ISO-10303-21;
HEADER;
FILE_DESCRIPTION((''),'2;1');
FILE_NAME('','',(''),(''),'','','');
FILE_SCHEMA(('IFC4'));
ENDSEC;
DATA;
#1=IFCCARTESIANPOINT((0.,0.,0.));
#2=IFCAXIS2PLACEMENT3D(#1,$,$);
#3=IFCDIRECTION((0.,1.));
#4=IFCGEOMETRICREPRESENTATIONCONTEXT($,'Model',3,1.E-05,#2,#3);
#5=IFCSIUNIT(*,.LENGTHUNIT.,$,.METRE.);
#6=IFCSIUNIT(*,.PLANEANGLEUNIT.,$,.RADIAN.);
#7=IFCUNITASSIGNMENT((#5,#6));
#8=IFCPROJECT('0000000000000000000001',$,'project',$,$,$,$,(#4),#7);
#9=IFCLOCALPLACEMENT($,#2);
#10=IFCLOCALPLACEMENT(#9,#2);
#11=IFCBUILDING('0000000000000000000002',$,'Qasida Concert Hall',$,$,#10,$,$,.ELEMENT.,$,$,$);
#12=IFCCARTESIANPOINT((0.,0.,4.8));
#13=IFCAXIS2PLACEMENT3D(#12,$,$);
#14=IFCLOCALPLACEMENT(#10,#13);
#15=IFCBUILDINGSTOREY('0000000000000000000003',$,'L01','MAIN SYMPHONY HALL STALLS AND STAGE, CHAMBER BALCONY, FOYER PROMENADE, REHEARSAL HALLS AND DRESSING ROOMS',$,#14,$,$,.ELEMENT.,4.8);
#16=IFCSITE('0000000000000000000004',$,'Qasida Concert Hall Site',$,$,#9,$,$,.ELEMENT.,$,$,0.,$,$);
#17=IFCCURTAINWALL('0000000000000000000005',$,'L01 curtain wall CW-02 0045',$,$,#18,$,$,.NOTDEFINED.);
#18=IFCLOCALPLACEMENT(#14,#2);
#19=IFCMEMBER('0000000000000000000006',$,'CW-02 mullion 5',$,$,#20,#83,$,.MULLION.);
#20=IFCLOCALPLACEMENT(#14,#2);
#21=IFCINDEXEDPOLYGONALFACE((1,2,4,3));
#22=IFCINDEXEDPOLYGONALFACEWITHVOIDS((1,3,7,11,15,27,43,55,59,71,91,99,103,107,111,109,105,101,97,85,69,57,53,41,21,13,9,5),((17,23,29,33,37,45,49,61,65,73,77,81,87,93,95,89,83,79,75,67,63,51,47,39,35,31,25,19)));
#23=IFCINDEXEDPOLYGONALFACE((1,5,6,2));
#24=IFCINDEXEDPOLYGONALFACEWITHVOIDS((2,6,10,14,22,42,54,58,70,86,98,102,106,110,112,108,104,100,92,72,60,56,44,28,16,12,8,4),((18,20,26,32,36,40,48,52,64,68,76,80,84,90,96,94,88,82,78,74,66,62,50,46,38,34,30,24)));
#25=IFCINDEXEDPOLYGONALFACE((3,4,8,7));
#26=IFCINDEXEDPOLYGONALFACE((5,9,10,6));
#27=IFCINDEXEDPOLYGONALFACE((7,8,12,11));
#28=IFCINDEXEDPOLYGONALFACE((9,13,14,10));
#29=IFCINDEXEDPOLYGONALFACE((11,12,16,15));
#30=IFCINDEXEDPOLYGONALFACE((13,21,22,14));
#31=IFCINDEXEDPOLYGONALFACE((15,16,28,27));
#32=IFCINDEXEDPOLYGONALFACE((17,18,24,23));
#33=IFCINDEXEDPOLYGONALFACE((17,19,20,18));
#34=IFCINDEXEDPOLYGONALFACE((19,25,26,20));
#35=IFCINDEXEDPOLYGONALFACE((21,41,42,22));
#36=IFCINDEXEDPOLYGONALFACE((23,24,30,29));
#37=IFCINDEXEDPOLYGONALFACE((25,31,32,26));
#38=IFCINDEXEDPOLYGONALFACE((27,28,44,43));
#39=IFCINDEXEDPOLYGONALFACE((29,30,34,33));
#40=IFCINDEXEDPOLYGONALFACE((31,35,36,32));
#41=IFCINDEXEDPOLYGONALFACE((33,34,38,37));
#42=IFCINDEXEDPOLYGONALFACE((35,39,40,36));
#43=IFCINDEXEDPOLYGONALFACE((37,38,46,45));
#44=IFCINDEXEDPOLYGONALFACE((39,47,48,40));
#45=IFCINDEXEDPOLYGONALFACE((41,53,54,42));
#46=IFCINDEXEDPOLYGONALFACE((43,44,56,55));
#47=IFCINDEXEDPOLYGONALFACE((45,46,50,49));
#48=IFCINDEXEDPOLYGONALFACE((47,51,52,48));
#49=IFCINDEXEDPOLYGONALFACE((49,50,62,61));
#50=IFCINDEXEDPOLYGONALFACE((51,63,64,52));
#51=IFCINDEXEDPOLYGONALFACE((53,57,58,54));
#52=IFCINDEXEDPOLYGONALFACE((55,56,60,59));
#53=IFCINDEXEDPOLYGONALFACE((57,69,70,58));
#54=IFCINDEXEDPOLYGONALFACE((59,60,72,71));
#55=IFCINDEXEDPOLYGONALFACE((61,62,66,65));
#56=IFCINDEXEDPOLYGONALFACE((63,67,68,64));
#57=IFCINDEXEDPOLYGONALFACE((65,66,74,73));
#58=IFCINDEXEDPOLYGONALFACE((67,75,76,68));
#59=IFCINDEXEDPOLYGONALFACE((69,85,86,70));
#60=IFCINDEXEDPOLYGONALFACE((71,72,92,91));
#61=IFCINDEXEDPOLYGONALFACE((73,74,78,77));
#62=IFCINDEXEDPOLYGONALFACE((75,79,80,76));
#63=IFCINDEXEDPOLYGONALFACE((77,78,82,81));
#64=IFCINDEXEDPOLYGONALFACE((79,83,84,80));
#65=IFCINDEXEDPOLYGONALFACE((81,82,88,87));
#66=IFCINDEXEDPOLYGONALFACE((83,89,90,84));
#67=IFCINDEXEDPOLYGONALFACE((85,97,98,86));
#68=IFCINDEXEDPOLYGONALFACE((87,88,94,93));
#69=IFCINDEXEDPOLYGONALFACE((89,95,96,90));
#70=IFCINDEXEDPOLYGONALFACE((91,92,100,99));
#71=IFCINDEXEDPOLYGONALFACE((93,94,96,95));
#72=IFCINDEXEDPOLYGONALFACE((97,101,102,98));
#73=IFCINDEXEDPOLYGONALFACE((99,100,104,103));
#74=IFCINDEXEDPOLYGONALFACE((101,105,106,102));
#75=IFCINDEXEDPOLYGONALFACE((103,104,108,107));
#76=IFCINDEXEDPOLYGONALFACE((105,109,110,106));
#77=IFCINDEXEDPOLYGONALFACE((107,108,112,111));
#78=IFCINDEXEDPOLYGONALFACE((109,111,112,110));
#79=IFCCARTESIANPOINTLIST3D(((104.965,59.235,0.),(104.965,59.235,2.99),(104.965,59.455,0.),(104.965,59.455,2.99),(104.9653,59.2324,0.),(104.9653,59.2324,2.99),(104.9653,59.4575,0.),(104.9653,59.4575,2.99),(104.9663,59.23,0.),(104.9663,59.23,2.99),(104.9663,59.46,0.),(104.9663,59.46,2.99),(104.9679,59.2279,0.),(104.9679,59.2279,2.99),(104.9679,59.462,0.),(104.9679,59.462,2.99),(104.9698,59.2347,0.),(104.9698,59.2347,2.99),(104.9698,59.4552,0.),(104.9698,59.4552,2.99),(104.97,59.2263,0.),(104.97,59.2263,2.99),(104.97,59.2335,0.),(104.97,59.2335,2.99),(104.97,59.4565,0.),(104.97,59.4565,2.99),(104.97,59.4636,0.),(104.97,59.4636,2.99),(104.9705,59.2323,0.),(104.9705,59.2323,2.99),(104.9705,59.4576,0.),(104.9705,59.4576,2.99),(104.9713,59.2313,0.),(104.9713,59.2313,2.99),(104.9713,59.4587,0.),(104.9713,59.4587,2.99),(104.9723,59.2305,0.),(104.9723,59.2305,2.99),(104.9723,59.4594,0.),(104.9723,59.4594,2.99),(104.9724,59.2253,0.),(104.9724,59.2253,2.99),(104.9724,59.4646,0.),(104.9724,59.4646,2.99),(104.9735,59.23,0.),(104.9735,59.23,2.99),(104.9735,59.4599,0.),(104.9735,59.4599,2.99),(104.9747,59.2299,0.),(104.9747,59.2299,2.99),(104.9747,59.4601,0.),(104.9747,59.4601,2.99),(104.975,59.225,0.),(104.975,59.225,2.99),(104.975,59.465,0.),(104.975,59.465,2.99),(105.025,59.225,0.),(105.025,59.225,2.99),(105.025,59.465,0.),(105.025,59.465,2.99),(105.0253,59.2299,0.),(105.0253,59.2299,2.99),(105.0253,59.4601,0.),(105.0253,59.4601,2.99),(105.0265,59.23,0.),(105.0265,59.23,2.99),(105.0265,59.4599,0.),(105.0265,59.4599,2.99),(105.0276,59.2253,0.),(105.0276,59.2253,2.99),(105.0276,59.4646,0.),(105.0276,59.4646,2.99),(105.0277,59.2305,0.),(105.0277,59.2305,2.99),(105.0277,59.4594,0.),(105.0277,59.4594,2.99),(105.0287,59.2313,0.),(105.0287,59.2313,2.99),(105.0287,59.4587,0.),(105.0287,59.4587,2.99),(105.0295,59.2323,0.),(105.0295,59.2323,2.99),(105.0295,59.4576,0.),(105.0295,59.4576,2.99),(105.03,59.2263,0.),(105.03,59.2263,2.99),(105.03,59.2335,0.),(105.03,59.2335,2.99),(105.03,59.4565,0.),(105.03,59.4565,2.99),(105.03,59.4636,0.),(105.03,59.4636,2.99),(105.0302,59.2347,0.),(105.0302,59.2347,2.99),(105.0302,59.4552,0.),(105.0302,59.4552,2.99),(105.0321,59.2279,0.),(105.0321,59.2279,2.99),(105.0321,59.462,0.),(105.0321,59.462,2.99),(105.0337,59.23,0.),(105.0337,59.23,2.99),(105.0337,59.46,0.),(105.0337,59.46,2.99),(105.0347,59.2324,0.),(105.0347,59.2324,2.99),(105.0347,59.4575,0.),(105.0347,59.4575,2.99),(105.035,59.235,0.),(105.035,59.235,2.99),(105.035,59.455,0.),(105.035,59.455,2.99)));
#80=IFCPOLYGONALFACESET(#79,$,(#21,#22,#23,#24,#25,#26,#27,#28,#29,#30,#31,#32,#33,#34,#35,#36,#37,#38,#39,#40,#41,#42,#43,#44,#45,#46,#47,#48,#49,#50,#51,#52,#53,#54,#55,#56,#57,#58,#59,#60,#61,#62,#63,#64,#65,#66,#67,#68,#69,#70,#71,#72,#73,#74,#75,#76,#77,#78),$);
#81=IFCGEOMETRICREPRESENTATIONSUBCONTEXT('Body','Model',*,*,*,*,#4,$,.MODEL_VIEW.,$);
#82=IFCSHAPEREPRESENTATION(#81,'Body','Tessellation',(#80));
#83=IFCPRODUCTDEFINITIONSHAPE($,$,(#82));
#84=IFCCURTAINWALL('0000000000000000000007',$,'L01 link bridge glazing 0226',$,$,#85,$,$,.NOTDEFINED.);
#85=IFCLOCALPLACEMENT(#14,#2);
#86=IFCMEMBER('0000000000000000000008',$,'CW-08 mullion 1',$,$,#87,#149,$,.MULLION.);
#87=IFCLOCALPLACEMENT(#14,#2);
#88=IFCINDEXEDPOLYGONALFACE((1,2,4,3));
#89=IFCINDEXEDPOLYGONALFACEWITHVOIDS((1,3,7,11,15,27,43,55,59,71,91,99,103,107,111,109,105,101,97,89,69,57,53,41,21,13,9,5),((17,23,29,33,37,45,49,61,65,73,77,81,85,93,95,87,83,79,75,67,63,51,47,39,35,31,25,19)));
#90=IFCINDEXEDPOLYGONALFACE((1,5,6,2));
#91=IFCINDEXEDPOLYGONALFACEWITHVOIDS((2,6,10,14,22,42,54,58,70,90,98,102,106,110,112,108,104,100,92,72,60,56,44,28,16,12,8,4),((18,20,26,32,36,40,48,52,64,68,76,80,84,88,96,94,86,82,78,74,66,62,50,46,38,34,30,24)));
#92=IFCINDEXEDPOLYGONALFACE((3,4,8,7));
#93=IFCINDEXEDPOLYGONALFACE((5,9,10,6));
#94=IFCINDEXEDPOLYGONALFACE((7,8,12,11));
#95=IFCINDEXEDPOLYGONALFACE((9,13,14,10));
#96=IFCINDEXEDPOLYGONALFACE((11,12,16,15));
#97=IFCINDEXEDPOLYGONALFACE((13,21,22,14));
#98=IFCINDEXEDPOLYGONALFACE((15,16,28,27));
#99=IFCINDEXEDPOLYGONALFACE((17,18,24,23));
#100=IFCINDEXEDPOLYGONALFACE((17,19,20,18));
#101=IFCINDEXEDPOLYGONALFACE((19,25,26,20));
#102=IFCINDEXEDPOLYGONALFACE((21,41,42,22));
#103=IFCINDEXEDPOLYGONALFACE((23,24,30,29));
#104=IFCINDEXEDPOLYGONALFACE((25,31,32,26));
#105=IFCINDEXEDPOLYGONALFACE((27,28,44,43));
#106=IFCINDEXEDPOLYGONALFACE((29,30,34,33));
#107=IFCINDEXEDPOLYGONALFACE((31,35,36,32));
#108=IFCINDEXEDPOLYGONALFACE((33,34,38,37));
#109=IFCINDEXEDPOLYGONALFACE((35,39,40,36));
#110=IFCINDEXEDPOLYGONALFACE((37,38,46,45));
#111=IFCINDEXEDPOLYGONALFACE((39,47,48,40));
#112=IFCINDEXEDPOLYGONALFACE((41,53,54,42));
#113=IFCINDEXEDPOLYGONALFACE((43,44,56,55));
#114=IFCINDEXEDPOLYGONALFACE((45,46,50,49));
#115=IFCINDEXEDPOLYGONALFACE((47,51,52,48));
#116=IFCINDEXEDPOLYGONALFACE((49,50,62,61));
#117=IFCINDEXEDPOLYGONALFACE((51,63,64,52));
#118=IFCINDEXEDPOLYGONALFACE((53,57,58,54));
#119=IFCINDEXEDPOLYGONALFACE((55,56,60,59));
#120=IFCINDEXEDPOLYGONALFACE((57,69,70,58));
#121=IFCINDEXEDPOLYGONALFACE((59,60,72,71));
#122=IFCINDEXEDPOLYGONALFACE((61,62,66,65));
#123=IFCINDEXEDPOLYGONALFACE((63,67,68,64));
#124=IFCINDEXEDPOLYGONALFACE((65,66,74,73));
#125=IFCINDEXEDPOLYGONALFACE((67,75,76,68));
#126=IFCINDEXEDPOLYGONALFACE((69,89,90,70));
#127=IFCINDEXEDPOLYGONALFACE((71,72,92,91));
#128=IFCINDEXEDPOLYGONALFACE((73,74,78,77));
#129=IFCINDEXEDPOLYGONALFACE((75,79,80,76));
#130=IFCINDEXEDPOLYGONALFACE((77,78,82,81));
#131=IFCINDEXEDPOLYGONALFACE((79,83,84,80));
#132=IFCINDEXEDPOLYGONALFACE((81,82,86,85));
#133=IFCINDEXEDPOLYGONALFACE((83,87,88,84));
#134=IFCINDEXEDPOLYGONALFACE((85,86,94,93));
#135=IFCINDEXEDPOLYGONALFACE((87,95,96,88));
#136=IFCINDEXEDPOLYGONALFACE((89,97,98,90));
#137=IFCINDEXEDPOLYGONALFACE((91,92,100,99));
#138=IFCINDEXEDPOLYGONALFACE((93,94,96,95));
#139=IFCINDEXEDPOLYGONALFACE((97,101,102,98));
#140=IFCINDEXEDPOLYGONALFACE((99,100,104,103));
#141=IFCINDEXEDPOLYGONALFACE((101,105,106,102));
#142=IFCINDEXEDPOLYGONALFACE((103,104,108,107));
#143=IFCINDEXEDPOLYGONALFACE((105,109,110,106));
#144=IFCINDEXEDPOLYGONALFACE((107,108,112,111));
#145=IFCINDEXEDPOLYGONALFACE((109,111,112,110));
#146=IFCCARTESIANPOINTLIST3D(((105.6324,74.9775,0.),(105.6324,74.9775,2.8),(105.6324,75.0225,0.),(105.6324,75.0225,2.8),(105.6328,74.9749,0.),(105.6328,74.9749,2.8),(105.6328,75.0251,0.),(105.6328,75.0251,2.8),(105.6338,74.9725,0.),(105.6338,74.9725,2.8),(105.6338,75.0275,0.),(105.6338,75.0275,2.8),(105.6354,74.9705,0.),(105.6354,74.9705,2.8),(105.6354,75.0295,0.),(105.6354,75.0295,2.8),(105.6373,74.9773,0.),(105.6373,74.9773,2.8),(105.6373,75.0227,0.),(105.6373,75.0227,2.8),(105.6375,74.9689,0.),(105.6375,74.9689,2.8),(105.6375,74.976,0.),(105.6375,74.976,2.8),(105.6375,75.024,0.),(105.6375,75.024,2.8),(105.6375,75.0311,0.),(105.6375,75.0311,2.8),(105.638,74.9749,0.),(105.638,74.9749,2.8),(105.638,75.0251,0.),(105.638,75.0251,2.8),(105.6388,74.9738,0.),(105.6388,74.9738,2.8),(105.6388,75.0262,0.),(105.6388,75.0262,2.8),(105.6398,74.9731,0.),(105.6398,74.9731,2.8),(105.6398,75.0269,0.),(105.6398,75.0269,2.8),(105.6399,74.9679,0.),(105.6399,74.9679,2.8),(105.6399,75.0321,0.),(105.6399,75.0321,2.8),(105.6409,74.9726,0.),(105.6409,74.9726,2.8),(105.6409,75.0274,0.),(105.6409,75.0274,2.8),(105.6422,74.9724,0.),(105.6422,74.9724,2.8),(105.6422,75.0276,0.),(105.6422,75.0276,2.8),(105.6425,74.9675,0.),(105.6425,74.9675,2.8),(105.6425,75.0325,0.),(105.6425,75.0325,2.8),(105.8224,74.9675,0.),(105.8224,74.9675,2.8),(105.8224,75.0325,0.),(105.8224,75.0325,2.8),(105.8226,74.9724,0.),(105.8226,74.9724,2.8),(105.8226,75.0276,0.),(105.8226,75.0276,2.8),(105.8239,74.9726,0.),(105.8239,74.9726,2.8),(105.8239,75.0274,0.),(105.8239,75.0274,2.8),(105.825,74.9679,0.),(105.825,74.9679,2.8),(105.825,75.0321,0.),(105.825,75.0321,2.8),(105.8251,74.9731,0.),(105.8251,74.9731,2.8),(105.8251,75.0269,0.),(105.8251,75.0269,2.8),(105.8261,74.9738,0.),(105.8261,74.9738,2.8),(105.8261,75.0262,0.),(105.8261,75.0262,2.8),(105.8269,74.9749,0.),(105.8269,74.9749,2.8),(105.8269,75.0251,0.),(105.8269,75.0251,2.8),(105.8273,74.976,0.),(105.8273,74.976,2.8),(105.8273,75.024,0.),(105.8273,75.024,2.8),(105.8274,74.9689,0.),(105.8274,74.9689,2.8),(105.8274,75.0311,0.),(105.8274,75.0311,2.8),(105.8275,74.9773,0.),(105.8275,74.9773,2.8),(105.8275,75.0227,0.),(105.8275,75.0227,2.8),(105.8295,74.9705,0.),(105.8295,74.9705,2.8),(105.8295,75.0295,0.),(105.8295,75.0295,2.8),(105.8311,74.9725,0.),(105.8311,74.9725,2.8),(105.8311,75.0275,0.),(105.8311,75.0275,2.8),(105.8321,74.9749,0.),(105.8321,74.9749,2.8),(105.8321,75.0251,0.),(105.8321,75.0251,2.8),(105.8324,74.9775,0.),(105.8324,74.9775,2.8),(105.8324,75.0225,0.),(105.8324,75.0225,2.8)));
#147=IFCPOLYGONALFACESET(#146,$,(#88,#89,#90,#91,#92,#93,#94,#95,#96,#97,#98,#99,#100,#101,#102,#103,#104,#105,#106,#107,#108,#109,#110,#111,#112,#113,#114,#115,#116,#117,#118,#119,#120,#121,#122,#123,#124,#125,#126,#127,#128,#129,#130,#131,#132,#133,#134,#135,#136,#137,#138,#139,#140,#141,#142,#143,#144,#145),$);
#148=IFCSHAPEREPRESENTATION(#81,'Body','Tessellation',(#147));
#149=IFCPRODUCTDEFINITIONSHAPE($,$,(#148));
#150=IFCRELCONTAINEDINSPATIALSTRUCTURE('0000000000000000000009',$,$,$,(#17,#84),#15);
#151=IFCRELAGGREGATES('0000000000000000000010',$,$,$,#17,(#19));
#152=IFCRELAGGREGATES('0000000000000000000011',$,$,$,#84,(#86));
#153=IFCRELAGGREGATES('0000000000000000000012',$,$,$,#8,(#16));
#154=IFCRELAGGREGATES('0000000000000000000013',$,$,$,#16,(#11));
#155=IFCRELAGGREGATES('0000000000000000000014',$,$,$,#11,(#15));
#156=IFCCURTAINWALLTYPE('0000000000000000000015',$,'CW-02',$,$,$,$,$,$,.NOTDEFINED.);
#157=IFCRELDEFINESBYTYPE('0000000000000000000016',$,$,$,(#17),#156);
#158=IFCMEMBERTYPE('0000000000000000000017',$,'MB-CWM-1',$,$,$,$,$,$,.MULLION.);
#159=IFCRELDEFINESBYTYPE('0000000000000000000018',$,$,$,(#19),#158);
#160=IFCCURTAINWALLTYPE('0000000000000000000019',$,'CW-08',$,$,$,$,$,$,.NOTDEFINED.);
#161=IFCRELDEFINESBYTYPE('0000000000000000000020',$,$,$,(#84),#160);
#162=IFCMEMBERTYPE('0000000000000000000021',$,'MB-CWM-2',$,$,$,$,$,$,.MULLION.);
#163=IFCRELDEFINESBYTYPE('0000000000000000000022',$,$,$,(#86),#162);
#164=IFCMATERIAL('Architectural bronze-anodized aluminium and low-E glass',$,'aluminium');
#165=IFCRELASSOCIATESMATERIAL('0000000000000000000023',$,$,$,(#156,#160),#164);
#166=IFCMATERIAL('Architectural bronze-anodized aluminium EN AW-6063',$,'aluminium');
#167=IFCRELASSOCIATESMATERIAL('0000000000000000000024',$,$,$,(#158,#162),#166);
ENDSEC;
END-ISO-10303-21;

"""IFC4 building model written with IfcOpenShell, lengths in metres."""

from ifc_helpers import new_model, si_unit, direction, frame, origin, origin_2d, place, context, subcontext, project, spatial, hollow_rectangle, extrude, material, material_profile, profile_set, type_object, element, aggregate, save


model = new_model("IFC4")

# Units and contexts
model_context = context("Model", 3, precision=1e-05, world=origin(), true_north=direction((0.0, 1.0)))
body_context = subcontext(model_context, "Body", "Model", "MODEL_VIEW")
ifc_project = project(units=[si_unit("LENGTHUNIT", "METRE"), si_unit("PLANEANGLEUNIT", "RADIAN")], contexts=[model_context])

# Site, building, storey
site_placement = place(None, origin())
site = spatial("IfcSite", under=ifc_project, at=site_placement, Name="Qasida Concert Hall Site", CompositionType="ELEMENT", RefElevation=0.0)
building_placement = place(site_placement, origin())
building = spatial("IfcBuilding", under=site, at=building_placement, Name="Qasida Concert Hall", CompositionType="ELEMENT")
storey_placement = place(building_placement, frame((0.0, 0.0, 4.8)))
storey = spatial("IfcBuildingStorey", under=building, at=storey_placement, Name="L01", Description="MAIN SYMPHONY HALL STALLS AND STAGE, CHAMBER BALCONY, FOYER PROMENADE, REHEARSAL HALLS AND DRESSING ROOMS", CompositionType="ELEMENT", Elevation=4.8)

# Curtain wall, member
ifc_material_1 = material(Name="Architectural bronze-anodized aluminium and low-E glass", Category="aluminium")
curtain_wall_type_1 = type_object("IfcCurtainWallType", Name="CW-02", PredefinedType="NOTDEFINED", material=ifc_material_1)
curtain_wall_1_placement = place(storey_placement, origin())
curtain_wall_1 = element("IfcCurtainWall", 1, at=curtain_wall_1_placement, inside=storey, type_object=curtain_wall_type_1, Name="L01 curtain wall CW-02 0045", PredefinedType="NOTDEFINED")
ifc_material_2 = material(Name="Architectural bronze-anodized aluminium EN AW-6063", Category="aluminium")
ifc_material_profile_1 = material_profile(ifc_material_2, hollow_rectangle(XDim=0.0701, YDim=0.24, WallThickness=0.0049, InnerFilletRadius=0.0049, OuterFilletRadius=0.01, at=origin_2d()), Name="CWM 240x70x5")
ifc_profile_set_1 = profile_set([ifc_material_profile_1], Name="Architectural bronze-anodized aluminium EN AW-6063")
member_type_1 = type_object("IfcMemberType", Name="MB-CWM-1", PredefinedType="MULLION", material=ifc_profile_set_1)
member_1_placement = place(storey_placement, frame((105.0, 59.345, 0.0), z_axis=(0.0, 0.0, 1.0), x_axis=(-1.0, 0.0, 0.0)))
member_1 = element("IfcMember", 2, at=member_1_placement, type_object=member_type_1, Name="CW-02 mullion 5", PredefinedType="MULLION", context=body_context, shape_type="SweptSolid", body=[
    extrude(hollow_rectangle(XDim=0.0701, YDim=0.24, WallThickness=0.0049, InnerFilletRadius=0.0049, OuterFilletRadius=0.01, at=origin_2d()), origin(), (0.0, 0.0, 1.0), 2.99),
])
aggregate(curtain_wall_1, [member_1])

# Curtain wall, member
curtain_wall_type_2 = type_object("IfcCurtainWallType", Name="CW-08", PredefinedType="NOTDEFINED", material=ifc_material_1)
curtain_wall_2_placement = place(storey_placement, origin())
curtain_wall_2 = element("IfcCurtainWall", 3, at=curtain_wall_2_placement, inside=storey, type_object=curtain_wall_type_2, Name="L01 link bridge glazing 0226", PredefinedType="NOTDEFINED")
ifc_material_profile_2 = material_profile(ifc_material_2, hollow_rectangle(XDim=0.0649, YDim=0.2, WallThickness=0.0049, InnerFilletRadius=0.0049, OuterFilletRadius=0.01, at=origin_2d()), Name="CWM 200x65x5")
ifc_profile_set_2 = profile_set([ifc_material_profile_2], Name="Architectural bronze-anodized aluminium EN AW-6063")
member_type_2 = type_object("IfcMemberType", Name="MB-CWM-2", PredefinedType="MULLION", material=ifc_profile_set_2)
member_2_placement = place(storey_placement, frame((105.7324, 75.0, 0.0), z_axis=(0.0, 0.0, 1.0), x_axis=(0.0, 1.0, 0.0)))
member_2 = element("IfcMember", 4, at=member_2_placement, type_object=member_type_2, Name="CW-08 mullion 1", PredefinedType="MULLION", context=body_context, shape_type="SweptSolid", body=[
    extrude(hollow_rectangle(XDim=0.0649, YDim=0.2, WallThickness=0.0049, InnerFilletRadius=0.0049, OuterFilletRadius=0.01, at=origin_2d()), origin(), (0.0, 0.0, 1.0), 2.8),
])
aggregate(curtain_wall_2, [member_2])

save(model, "model.ifc")
